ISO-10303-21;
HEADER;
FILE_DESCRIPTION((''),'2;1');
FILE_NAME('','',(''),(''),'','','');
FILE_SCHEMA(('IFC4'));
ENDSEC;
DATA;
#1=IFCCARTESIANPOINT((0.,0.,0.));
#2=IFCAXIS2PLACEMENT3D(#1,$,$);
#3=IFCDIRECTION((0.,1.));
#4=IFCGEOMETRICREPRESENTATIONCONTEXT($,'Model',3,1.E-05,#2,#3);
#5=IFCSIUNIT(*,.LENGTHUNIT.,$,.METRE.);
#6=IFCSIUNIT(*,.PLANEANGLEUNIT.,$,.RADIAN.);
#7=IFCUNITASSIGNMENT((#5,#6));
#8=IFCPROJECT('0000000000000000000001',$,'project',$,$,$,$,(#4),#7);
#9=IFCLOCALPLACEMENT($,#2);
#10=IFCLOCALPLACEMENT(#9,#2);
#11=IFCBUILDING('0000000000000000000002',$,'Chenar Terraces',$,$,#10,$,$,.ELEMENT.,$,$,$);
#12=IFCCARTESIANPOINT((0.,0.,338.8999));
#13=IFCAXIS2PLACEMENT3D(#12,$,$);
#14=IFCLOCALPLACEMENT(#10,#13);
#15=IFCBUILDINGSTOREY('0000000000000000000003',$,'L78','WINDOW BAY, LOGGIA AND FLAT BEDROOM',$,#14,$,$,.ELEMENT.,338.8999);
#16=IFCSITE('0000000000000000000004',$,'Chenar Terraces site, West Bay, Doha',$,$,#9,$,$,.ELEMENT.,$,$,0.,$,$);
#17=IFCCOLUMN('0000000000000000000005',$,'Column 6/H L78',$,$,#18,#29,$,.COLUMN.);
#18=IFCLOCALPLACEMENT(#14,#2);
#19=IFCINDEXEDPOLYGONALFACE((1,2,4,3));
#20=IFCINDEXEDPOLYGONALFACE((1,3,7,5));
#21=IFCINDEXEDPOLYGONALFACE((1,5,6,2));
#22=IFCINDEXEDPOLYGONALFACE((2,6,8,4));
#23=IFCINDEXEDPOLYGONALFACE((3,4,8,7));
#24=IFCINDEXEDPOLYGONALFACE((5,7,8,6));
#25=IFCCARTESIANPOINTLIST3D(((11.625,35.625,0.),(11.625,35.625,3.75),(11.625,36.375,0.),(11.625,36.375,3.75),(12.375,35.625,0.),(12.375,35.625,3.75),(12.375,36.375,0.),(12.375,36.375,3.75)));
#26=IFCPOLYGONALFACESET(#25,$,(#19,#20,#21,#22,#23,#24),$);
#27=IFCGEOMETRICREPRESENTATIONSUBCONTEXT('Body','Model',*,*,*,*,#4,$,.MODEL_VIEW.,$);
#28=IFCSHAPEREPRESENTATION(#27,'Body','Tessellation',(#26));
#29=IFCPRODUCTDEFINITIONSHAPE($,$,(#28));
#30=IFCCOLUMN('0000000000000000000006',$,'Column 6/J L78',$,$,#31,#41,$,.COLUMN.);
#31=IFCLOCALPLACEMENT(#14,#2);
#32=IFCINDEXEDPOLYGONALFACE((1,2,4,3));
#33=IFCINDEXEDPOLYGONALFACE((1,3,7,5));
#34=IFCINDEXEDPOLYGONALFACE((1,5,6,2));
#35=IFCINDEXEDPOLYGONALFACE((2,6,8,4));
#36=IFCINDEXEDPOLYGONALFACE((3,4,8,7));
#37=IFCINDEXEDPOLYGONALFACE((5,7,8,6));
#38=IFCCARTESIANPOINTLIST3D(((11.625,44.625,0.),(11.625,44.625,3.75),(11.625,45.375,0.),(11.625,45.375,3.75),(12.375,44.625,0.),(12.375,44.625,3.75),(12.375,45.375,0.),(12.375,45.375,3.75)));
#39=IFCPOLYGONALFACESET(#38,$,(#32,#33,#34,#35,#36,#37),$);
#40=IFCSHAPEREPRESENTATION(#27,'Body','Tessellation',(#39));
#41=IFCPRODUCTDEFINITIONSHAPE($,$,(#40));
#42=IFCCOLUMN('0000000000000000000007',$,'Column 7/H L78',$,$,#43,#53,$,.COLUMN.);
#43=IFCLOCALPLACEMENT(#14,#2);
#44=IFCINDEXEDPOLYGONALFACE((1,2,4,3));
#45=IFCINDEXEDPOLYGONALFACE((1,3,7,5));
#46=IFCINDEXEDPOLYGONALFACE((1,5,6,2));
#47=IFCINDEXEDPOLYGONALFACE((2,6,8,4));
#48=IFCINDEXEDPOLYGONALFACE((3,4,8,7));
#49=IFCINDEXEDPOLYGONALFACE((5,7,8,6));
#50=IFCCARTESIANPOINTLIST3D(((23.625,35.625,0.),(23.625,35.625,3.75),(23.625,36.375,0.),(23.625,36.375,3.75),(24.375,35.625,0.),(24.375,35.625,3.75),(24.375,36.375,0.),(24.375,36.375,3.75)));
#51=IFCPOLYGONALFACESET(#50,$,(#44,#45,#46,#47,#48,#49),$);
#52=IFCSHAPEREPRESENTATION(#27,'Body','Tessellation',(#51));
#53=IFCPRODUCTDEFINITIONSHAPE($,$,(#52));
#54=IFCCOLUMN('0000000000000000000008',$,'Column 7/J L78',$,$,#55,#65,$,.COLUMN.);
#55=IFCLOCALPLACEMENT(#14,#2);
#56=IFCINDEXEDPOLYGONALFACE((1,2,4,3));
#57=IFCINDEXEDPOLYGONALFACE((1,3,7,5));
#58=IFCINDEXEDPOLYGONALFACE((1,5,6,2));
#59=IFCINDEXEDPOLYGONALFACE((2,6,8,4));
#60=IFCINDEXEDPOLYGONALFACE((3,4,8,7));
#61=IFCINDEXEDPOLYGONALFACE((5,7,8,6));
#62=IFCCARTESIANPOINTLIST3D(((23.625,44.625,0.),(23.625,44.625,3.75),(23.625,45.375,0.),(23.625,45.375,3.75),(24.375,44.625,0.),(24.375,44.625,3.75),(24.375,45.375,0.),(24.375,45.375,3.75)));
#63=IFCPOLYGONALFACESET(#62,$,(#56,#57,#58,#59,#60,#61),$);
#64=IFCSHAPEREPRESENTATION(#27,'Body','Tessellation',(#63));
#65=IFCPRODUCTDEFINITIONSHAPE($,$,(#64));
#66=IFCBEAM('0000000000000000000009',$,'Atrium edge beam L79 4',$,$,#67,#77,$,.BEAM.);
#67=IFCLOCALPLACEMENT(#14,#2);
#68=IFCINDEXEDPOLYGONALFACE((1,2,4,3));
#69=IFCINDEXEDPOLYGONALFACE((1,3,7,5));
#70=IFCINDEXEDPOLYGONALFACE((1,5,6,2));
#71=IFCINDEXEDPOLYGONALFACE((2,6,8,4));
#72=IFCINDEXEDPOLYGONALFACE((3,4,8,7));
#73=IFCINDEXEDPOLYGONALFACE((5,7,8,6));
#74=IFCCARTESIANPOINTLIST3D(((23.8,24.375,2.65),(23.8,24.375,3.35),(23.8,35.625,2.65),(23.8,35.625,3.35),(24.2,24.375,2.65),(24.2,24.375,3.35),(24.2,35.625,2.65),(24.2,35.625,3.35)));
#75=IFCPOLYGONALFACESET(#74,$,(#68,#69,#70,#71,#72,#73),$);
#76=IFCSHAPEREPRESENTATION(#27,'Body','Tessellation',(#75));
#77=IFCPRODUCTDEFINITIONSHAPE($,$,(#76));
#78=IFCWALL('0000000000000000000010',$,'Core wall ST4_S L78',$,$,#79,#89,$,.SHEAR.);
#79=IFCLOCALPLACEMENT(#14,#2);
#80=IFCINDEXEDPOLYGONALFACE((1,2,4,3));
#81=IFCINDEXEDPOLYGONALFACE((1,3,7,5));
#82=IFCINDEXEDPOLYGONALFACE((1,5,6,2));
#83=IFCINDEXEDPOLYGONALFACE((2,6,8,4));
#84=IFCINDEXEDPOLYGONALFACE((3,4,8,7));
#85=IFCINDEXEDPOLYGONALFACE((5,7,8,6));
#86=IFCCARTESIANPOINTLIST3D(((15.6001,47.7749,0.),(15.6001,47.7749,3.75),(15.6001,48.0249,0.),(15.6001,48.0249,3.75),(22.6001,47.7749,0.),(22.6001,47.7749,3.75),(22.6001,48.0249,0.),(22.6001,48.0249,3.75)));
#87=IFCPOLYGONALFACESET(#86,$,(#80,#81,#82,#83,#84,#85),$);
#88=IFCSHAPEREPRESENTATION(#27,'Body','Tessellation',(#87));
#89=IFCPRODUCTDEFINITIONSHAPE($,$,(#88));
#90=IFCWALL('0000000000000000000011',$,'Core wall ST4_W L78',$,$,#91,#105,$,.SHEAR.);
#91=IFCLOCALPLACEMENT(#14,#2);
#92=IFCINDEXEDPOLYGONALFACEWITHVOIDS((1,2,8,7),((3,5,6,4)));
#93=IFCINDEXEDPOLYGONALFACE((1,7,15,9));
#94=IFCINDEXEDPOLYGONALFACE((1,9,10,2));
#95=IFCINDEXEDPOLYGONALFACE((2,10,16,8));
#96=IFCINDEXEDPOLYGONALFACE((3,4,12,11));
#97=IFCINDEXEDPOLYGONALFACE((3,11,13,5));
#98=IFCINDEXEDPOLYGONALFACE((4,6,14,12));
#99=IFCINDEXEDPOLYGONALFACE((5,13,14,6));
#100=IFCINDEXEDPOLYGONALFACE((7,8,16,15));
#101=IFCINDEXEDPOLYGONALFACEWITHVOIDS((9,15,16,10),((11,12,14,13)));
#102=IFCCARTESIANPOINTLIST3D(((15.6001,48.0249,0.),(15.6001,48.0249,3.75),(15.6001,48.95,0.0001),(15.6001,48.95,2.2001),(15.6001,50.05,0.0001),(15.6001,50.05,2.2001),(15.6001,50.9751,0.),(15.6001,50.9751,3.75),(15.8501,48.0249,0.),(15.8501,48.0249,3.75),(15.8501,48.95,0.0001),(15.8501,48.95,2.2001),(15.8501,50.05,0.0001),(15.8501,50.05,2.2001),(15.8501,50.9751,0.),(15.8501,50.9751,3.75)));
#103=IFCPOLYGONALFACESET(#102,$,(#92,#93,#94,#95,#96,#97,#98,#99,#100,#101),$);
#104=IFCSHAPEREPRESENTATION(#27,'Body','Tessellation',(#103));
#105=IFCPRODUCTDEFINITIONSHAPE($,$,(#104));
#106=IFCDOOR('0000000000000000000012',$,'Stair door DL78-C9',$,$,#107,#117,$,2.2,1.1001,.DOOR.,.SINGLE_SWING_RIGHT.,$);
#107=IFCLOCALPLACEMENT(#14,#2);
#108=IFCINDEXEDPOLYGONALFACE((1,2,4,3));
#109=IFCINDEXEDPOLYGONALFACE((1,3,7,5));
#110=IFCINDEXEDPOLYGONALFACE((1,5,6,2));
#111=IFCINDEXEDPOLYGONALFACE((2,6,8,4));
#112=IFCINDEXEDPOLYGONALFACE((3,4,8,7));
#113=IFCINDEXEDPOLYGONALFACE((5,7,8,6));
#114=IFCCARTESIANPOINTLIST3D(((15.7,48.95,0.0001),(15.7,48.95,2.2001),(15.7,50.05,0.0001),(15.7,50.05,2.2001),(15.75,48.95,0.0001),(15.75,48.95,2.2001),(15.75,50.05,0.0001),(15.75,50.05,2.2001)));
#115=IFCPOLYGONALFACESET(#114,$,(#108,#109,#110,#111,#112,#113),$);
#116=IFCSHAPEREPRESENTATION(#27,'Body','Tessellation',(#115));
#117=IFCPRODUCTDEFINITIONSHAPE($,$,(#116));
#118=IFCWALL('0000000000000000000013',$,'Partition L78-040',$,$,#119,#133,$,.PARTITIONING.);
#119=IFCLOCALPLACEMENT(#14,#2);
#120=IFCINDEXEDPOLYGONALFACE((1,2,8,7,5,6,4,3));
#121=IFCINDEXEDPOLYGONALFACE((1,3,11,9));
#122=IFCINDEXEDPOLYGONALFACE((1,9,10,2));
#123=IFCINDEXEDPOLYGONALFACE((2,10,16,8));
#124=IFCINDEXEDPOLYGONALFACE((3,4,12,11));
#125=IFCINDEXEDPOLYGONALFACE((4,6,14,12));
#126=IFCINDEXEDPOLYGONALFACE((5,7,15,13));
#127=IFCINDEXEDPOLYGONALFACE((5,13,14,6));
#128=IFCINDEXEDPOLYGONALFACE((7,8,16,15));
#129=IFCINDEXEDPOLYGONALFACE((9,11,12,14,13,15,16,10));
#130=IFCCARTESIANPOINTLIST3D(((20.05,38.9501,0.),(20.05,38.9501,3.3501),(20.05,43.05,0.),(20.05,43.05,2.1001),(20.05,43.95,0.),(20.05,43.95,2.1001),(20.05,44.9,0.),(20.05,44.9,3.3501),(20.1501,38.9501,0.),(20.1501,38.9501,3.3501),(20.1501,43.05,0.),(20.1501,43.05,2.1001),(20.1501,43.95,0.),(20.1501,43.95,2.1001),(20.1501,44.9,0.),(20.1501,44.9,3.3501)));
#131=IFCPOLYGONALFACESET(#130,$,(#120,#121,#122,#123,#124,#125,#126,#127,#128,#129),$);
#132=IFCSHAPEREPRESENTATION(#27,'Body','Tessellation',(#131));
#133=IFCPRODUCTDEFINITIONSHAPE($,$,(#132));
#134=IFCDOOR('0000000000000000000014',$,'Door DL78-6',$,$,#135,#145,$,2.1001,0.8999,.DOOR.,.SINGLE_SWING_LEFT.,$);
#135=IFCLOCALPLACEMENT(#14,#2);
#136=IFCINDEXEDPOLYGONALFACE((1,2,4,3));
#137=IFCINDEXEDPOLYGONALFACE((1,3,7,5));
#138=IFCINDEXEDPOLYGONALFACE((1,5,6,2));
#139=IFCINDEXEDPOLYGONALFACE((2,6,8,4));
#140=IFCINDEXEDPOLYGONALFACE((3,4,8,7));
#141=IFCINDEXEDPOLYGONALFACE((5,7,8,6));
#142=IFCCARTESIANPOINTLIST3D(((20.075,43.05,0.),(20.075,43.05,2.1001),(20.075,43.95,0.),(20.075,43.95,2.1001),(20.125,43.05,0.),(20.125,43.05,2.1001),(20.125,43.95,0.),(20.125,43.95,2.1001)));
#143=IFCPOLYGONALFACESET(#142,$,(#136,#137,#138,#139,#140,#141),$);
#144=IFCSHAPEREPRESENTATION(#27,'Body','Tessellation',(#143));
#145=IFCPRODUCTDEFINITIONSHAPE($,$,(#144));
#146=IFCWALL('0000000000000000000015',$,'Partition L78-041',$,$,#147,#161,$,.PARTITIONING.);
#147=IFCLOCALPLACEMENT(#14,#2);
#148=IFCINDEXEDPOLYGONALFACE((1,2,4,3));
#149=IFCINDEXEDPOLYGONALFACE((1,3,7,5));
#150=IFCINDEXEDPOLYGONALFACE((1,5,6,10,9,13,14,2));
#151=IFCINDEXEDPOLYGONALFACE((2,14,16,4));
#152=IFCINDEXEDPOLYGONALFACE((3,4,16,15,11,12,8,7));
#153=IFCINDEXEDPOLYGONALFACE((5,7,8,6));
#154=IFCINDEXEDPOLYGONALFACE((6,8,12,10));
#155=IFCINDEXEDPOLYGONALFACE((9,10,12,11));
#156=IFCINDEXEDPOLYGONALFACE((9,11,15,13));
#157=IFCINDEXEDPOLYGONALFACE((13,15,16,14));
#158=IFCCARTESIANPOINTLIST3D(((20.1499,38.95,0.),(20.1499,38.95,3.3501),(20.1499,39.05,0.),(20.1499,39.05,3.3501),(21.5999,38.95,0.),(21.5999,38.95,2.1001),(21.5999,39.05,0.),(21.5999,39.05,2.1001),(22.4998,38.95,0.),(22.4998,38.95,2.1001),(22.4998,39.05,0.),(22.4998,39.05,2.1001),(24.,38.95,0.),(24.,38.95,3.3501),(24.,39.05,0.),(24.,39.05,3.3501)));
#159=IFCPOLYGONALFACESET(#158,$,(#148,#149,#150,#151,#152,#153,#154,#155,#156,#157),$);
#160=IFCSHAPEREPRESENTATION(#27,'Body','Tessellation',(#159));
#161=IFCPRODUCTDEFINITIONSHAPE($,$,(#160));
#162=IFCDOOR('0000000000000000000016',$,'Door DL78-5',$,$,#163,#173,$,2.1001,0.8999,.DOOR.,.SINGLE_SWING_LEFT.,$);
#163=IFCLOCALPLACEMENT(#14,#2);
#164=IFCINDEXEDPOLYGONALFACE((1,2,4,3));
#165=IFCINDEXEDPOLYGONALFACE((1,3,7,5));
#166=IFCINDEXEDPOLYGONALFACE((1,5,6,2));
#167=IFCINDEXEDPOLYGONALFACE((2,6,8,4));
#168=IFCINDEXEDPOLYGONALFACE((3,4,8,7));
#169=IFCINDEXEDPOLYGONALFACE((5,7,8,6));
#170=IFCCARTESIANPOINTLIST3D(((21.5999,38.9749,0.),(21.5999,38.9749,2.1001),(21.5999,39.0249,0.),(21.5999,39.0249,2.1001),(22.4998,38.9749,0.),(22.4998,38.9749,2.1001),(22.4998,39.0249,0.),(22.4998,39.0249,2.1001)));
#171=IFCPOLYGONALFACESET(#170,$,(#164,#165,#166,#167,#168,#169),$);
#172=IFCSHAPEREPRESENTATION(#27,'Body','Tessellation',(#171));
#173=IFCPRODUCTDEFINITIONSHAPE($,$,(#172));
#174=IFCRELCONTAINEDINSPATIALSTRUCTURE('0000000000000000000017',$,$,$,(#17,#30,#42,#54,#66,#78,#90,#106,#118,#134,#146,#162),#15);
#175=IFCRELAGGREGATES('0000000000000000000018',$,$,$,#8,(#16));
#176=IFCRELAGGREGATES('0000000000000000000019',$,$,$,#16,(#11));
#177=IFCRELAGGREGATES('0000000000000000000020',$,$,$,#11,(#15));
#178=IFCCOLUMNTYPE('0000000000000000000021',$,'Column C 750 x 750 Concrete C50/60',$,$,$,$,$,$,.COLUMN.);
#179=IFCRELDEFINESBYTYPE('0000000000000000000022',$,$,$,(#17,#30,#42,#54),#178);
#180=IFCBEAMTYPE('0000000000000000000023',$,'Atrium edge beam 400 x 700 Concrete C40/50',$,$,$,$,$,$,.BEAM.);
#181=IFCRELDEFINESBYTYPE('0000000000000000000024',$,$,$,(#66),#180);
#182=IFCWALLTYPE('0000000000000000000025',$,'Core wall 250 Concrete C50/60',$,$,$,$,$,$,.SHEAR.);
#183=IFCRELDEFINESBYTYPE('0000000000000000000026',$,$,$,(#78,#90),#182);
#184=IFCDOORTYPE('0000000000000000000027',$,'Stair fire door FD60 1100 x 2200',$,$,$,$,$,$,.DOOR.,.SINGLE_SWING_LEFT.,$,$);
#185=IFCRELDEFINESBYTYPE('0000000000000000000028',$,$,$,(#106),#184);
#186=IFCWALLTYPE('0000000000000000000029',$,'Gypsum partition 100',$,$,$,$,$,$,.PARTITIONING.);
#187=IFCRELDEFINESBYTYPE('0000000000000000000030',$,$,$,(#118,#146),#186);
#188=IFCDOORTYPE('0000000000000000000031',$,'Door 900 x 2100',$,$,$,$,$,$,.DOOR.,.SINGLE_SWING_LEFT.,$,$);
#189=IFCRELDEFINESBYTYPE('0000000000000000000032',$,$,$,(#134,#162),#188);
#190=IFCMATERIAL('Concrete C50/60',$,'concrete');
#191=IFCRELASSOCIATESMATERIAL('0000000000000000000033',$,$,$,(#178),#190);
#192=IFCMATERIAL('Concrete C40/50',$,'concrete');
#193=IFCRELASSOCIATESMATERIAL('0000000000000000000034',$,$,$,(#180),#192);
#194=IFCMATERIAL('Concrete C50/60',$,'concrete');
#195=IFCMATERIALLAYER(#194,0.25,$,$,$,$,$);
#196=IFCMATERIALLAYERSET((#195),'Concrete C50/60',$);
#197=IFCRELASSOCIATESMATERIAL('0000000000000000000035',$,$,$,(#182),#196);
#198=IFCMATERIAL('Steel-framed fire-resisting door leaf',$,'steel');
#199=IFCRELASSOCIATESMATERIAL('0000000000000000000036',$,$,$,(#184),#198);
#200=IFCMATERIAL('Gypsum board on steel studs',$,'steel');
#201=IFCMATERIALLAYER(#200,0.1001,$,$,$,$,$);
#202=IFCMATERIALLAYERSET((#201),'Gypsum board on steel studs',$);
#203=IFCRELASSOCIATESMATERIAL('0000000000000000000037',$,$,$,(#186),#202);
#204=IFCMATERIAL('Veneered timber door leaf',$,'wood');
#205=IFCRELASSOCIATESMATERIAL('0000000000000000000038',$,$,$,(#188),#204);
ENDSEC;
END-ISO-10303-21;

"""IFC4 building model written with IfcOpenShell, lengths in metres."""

from ifc_helpers import new_model, si_unit, direction, frame, frame_2d, origin, origin_2d, place, context, subcontext, project, spatial, rectangle, extrude, material, layer, layer_set, material_profile, profile_set, type_object, element, fill, save


model = new_model("IFC4")

# Units and contexts
model_context = context("Model", 3, precision=1e-05, world=origin(), true_north=direction((0.0, 1.0)))
body_context = subcontext(model_context, "Body", "Model", "MODEL_VIEW")
ifc_project = project(units=[si_unit("LENGTHUNIT", "METRE"), si_unit("PLANEANGLEUNIT", "RADIAN")], contexts=[model_context])

# Site, building, storey
site_placement = place(None, origin())
site = spatial("IfcSite", under=ifc_project, at=site_placement, Name="Chenar Terraces site, West Bay, Doha", CompositionType="ELEMENT", RefElevation=0.0)
building_placement = place(site_placement, origin())
building = spatial("IfcBuilding", under=site, at=building_placement, Name="Chenar Terraces", CompositionType="ELEMENT")
storey_placement = place(building_placement, frame((0.0, 0.0, 338.8999)))
storey = spatial("IfcBuildingStorey", under=building, at=storey_placement, Name="L78", Description="WINDOW BAY, LOGGIA AND FLAT BEDROOM", CompositionType="ELEMENT", Elevation=338.8999)

# Columns
ifc_material_1 = material(Name="Concrete C50/60", Category="concrete")
ifc_material_profile_1 = material_profile(ifc_material_1, rectangle(XDim=0.75, YDim=0.75, at=origin_2d()), Name="C 750 x 750")
ifc_profile_set_1 = profile_set([ifc_material_profile_1], Name="Concrete C50/60")
column_type = type_object("IfcColumnType", Name="Column C 750 x 750 Concrete C50/60", PredefinedType="COLUMN", material=ifc_profile_set_1)
for number, where, z_axis, x_axis, name in (
    (1, (12.0, 36.0, 0.0), (0.0, 0.0, 1.0), (1.0, 0.0, 0.0), "Column 6/H L78"),
    (2, (12.0, 45.0, 0.0), (0.0, 0.0, 1.0), (1.0, 0.0, 0.0), "Column 6/J L78"),
    (3, (24.0, 36.0, 0.0), (0.0, 0.0, 1.0), (1.0, 0.0, 0.0), "Column 7/H L78"),
    (4, (24.0, 45.0, 0.0), (0.0, 0.0, 1.0), (1.0, 0.0, 0.0), "Column 7/J L78"),
):
    element("IfcColumn", number, at=place(storey_placement, frame(where, z_axis=z_axis, x_axis=x_axis)), inside=storey, type_object=column_type, Name=name, PredefinedType="COLUMN", context=body_context, shape_type="SweptSolid", body=[
        extrude(rectangle(XDim=0.75, YDim=0.75, at=origin_2d()), origin(), (0.0, 0.0, 1.0), 3.75),
    ])

# Beam
ifc_material_2 = material(Name="Concrete C40/50", Category="concrete")
ifc_material_profile_2 = material_profile(ifc_material_2, rectangle(XDim=0.3999, YDim=0.7, at=origin_2d()), Name="RC 400 x 700")
ifc_profile_set_2 = profile_set([ifc_material_profile_2], Name="Concrete C40/50")
beam_type = type_object("IfcBeamType", Name="Atrium edge beam 400 x 700 Concrete C40/50", PredefinedType="BEAM", material=ifc_profile_set_2)
beam_placement = place(storey_placement, frame((24.0, 35.625, 3.0), z_axis=(0.0, -1.0, 0.0), x_axis=(1.0, 0.0, 0.0)))
element("IfcBeam", 5, at=beam_placement, inside=storey, type_object=beam_type, Name="Atrium edge beam L79 4", PredefinedType="BEAM", context=body_context, shape_type="SweptSolid", body=[
    extrude(rectangle(XDim=0.3999, YDim=0.7, at=origin_2d()), origin(), (0.0, 0.0, 1.0), 11.25),
])

# Wall
ifc_material_3 = material(Name="Concrete C50/60", Category="concrete")
ifc_layer_1 = layer(ifc_material_3, 0.25)
ifc_layer_set_1 = layer_set([ifc_layer_1], Name="Concrete C50/60")
wall_type_1 = type_object("IfcWallType", Name="Core wall 250 Concrete C50/60", PredefinedType="SHEAR", material=ifc_layer_set_1)
wall_1_placement = place(storey_placement, frame((15.6001, 47.8999, 0.0), z_axis=(0.0, 0.0, 1.0), x_axis=(1.0, 0.0, 0.0)))
element("IfcWall", 6, at=wall_1_placement, inside=storey, type_object=wall_type_1, Name="Core wall ST4_S L78", PredefinedType="SHEAR", context=body_context, shape_type="SweptSolid", body=[
    extrude(rectangle(XDim=7.0, YDim=0.25, at=frame_2d((3.5, 0.0))), origin(), (0.0, 0.0, 1.0), 3.75),
])

# Walls, openings, doors
wall_2_placement = place(storey_placement, frame((15.7251, 48.0249, 0.0), z_axis=(0.0, 0.0, 1.0), x_axis=(0.0, 1.0, 0.0)))
wall_2 = element("IfcWall", 7, at=wall_2_placement, inside=storey, type_object=wall_type_1, Name="Core wall ST4_W L78", PredefinedType="SHEAR", context=body_context, shape_type="SweptSolid", body=[
    extrude(rectangle(XDim=2.9502, YDim=0.25, at=frame_2d((1.4751, 0.0))), origin(), (0.0, 0.0, 1.0), 3.75),
])
opening_1_placement = place(wall_2_placement, frame((0.925, 0.0, 0.0)))
opening_1 = element("IfcOpeningElement", 8, at=opening_1_placement, cuts=wall_2, PredefinedType="OPENING", context=body_context, shape_type="SweptSolid", body=[
    extrude(rectangle(XDim=1.1001, YDim=2.2, at=frame_2d((0.55, 1.1001))), frame((0.0, 0.135, 0.0), z_axis=(0.0, -1.0, 0.0), x_axis=(1.0, 0.0, 0.0)), (0.0, 0.0, 1.0), 0.27),
])
ifc_material_4 = material(Name="Steel-framed fire-resisting door leaf", Category="steel")
door_type_1 = type_object("IfcDoorType", Name="Stair fire door FD60 1100 x 2200", OperationType="SINGLE_SWING_LEFT", PredefinedType="DOOR", material=ifc_material_4)
door_1_placement = place(opening_1_placement, frame((1.1001, 0.0, 0.0), z_axis=(0.0, 0.0, 1.0), x_axis=(-1.0, 0.0, 0.0)))
door_1 = element("IfcDoor", 9, at=door_1_placement, inside=storey, type_object=door_type_1, Name="Stair door DL78-C9", OperationType="SINGLE_SWING_RIGHT", OverallHeight=2.2, OverallWidth=1.1001, PredefinedType="DOOR", context=body_context, shape_type="SweptSolid", body=[
    extrude(rectangle(XDim=1.1001, YDim=2.2, at=frame_2d((0.55, 1.1001))), frame((0.0, 0.0249, 0.0), z_axis=(0.0, -1.0, 0.0), x_axis=(1.0, 0.0, 0.0)), (0.0, 0.0, 1.0), 0.05),
])
fill(opening_1, door_1)
ifc_material_5 = material(Name="Gypsum board on steel studs", Category="steel")
ifc_layer_2 = layer(ifc_material_5, 0.1001)
ifc_layer_set_2 = layer_set([ifc_layer_2], Name="Gypsum board on steel studs")
wall_type_2 = type_object("IfcWallType", Name="Gypsum partition 100", PredefinedType="PARTITIONING", material=ifc_layer_set_2)
wall_3_placement = place(storey_placement, frame((20.1001, 38.95, 0.0), z_axis=(0.0, 0.0, 1.0), x_axis=(0.0, 1.0, 0.0)))
wall_3 = element("IfcWall", 10, at=wall_3_placement, inside=storey, type_object=wall_type_2, Name="Partition L78-040", PredefinedType="PARTITIONING", context=body_context, shape_type="SweptSolid", body=[
    extrude(rectangle(XDim=5.95, YDim=0.1001, at=frame_2d((2.9751, 0.0))), origin(), (0.0, 0.0, 1.0), 3.3501),
])
opening_2_placement = place(wall_3_placement, frame((4.1001, 0.0, 0.0)))
opening_2 = element("IfcOpeningElement", 11, at=opening_2_placement, cuts=wall_3, PredefinedType="OPENING", context=body_context, shape_type="SweptSolid", body=[
    extrude(rectangle(XDim=0.8999, YDim=2.1001, at=frame_2d((0.45, 1.05))), frame((0.0, 0.0601, 0.0), z_axis=(0.0, -1.0, 0.0), x_axis=(1.0, 0.0, 0.0)), (0.0, 0.0, 1.0), 0.1201),
])
ifc_material_6 = material(Name="Veneered timber door leaf", Category="wood")
door_type_2 = type_object("IfcDoorType", Name="Door 900 x 2100", OperationType="SINGLE_SWING_LEFT", PredefinedType="DOOR", material=ifc_material_6)
door_2_placement = place(opening_2_placement, frame((0.8999, 0.0, 0.0), z_axis=(0.0, 0.0, 1.0), x_axis=(-1.0, 0.0, 0.0)))
door_2 = element("IfcDoor", 12, at=door_2_placement, inside=storey, type_object=door_type_2, Name="Door DL78-6", OperationType="SINGLE_SWING_LEFT", OverallHeight=2.1001, OverallWidth=0.8999, PredefinedType="DOOR", context=body_context, shape_type="SweptSolid", body=[
    extrude(rectangle(XDim=0.8999, YDim=2.1001, at=frame_2d((0.45, 1.05))), frame((0.0, 0.0249, 0.0), z_axis=(0.0, -1.0, 0.0), x_axis=(1.0, 0.0, 0.0)), (0.0, 0.0, 1.0), 0.05),
])
fill(opening_2, door_2)
wall_4_placement = place(storey_placement, frame((20.1499, 39.0, 0.0), z_axis=(0.0, 0.0, 1.0), x_axis=(1.0, 0.0, 0.0)))
wall_4 = element("IfcWall", 13, at=wall_4_placement, inside=storey, type_object=wall_type_2, Name="Partition L78-041", PredefinedType="PARTITIONING", context=body_context, shape_type="SweptSolid", body=[
    extrude(rectangle(XDim=3.8501, YDim=0.1001, at=frame_2d((1.925, 0.0))), origin(), (0.0, 0.0, 1.0), 3.3501),
])
opening_3_placement = place(wall_4_placement, frame((1.45, 0.0, 0.0)))
opening_3 = element("IfcOpeningElement", 14, at=opening_3_placement, cuts=wall_4, PredefinedType="OPENING", context=body_context, shape_type="SweptSolid", body=[
    extrude(rectangle(XDim=0.8999, YDim=2.1001, at=frame_2d((0.45, 1.05))), frame((0.0, 0.0601, 0.0), z_axis=(0.0, -1.0, 0.0), x_axis=(1.0, 0.0, 0.0)), (0.0, 0.0, 1.0), 0.1201),
])
door_3_placement = place(opening_3_placement, origin())
door_3 = element("IfcDoor", 15, at=door_3_placement, inside=storey, type_object=door_type_2, Name="Door DL78-5", OperationType="SINGLE_SWING_LEFT", OverallHeight=2.1001, OverallWidth=0.8999, PredefinedType="DOOR", context=body_context, shape_type="SweptSolid", body=[
    extrude(rectangle(XDim=0.8999, YDim=2.1001, at=frame_2d((0.45, 1.05))), frame((0.0, 0.0249, 0.0), z_axis=(0.0, -1.0, 0.0), x_axis=(1.0, 0.0, 0.0)), (0.0, 0.0, 1.0), 0.05),
])
fill(opening_3, door_3)

save(model, "model.ifc")
